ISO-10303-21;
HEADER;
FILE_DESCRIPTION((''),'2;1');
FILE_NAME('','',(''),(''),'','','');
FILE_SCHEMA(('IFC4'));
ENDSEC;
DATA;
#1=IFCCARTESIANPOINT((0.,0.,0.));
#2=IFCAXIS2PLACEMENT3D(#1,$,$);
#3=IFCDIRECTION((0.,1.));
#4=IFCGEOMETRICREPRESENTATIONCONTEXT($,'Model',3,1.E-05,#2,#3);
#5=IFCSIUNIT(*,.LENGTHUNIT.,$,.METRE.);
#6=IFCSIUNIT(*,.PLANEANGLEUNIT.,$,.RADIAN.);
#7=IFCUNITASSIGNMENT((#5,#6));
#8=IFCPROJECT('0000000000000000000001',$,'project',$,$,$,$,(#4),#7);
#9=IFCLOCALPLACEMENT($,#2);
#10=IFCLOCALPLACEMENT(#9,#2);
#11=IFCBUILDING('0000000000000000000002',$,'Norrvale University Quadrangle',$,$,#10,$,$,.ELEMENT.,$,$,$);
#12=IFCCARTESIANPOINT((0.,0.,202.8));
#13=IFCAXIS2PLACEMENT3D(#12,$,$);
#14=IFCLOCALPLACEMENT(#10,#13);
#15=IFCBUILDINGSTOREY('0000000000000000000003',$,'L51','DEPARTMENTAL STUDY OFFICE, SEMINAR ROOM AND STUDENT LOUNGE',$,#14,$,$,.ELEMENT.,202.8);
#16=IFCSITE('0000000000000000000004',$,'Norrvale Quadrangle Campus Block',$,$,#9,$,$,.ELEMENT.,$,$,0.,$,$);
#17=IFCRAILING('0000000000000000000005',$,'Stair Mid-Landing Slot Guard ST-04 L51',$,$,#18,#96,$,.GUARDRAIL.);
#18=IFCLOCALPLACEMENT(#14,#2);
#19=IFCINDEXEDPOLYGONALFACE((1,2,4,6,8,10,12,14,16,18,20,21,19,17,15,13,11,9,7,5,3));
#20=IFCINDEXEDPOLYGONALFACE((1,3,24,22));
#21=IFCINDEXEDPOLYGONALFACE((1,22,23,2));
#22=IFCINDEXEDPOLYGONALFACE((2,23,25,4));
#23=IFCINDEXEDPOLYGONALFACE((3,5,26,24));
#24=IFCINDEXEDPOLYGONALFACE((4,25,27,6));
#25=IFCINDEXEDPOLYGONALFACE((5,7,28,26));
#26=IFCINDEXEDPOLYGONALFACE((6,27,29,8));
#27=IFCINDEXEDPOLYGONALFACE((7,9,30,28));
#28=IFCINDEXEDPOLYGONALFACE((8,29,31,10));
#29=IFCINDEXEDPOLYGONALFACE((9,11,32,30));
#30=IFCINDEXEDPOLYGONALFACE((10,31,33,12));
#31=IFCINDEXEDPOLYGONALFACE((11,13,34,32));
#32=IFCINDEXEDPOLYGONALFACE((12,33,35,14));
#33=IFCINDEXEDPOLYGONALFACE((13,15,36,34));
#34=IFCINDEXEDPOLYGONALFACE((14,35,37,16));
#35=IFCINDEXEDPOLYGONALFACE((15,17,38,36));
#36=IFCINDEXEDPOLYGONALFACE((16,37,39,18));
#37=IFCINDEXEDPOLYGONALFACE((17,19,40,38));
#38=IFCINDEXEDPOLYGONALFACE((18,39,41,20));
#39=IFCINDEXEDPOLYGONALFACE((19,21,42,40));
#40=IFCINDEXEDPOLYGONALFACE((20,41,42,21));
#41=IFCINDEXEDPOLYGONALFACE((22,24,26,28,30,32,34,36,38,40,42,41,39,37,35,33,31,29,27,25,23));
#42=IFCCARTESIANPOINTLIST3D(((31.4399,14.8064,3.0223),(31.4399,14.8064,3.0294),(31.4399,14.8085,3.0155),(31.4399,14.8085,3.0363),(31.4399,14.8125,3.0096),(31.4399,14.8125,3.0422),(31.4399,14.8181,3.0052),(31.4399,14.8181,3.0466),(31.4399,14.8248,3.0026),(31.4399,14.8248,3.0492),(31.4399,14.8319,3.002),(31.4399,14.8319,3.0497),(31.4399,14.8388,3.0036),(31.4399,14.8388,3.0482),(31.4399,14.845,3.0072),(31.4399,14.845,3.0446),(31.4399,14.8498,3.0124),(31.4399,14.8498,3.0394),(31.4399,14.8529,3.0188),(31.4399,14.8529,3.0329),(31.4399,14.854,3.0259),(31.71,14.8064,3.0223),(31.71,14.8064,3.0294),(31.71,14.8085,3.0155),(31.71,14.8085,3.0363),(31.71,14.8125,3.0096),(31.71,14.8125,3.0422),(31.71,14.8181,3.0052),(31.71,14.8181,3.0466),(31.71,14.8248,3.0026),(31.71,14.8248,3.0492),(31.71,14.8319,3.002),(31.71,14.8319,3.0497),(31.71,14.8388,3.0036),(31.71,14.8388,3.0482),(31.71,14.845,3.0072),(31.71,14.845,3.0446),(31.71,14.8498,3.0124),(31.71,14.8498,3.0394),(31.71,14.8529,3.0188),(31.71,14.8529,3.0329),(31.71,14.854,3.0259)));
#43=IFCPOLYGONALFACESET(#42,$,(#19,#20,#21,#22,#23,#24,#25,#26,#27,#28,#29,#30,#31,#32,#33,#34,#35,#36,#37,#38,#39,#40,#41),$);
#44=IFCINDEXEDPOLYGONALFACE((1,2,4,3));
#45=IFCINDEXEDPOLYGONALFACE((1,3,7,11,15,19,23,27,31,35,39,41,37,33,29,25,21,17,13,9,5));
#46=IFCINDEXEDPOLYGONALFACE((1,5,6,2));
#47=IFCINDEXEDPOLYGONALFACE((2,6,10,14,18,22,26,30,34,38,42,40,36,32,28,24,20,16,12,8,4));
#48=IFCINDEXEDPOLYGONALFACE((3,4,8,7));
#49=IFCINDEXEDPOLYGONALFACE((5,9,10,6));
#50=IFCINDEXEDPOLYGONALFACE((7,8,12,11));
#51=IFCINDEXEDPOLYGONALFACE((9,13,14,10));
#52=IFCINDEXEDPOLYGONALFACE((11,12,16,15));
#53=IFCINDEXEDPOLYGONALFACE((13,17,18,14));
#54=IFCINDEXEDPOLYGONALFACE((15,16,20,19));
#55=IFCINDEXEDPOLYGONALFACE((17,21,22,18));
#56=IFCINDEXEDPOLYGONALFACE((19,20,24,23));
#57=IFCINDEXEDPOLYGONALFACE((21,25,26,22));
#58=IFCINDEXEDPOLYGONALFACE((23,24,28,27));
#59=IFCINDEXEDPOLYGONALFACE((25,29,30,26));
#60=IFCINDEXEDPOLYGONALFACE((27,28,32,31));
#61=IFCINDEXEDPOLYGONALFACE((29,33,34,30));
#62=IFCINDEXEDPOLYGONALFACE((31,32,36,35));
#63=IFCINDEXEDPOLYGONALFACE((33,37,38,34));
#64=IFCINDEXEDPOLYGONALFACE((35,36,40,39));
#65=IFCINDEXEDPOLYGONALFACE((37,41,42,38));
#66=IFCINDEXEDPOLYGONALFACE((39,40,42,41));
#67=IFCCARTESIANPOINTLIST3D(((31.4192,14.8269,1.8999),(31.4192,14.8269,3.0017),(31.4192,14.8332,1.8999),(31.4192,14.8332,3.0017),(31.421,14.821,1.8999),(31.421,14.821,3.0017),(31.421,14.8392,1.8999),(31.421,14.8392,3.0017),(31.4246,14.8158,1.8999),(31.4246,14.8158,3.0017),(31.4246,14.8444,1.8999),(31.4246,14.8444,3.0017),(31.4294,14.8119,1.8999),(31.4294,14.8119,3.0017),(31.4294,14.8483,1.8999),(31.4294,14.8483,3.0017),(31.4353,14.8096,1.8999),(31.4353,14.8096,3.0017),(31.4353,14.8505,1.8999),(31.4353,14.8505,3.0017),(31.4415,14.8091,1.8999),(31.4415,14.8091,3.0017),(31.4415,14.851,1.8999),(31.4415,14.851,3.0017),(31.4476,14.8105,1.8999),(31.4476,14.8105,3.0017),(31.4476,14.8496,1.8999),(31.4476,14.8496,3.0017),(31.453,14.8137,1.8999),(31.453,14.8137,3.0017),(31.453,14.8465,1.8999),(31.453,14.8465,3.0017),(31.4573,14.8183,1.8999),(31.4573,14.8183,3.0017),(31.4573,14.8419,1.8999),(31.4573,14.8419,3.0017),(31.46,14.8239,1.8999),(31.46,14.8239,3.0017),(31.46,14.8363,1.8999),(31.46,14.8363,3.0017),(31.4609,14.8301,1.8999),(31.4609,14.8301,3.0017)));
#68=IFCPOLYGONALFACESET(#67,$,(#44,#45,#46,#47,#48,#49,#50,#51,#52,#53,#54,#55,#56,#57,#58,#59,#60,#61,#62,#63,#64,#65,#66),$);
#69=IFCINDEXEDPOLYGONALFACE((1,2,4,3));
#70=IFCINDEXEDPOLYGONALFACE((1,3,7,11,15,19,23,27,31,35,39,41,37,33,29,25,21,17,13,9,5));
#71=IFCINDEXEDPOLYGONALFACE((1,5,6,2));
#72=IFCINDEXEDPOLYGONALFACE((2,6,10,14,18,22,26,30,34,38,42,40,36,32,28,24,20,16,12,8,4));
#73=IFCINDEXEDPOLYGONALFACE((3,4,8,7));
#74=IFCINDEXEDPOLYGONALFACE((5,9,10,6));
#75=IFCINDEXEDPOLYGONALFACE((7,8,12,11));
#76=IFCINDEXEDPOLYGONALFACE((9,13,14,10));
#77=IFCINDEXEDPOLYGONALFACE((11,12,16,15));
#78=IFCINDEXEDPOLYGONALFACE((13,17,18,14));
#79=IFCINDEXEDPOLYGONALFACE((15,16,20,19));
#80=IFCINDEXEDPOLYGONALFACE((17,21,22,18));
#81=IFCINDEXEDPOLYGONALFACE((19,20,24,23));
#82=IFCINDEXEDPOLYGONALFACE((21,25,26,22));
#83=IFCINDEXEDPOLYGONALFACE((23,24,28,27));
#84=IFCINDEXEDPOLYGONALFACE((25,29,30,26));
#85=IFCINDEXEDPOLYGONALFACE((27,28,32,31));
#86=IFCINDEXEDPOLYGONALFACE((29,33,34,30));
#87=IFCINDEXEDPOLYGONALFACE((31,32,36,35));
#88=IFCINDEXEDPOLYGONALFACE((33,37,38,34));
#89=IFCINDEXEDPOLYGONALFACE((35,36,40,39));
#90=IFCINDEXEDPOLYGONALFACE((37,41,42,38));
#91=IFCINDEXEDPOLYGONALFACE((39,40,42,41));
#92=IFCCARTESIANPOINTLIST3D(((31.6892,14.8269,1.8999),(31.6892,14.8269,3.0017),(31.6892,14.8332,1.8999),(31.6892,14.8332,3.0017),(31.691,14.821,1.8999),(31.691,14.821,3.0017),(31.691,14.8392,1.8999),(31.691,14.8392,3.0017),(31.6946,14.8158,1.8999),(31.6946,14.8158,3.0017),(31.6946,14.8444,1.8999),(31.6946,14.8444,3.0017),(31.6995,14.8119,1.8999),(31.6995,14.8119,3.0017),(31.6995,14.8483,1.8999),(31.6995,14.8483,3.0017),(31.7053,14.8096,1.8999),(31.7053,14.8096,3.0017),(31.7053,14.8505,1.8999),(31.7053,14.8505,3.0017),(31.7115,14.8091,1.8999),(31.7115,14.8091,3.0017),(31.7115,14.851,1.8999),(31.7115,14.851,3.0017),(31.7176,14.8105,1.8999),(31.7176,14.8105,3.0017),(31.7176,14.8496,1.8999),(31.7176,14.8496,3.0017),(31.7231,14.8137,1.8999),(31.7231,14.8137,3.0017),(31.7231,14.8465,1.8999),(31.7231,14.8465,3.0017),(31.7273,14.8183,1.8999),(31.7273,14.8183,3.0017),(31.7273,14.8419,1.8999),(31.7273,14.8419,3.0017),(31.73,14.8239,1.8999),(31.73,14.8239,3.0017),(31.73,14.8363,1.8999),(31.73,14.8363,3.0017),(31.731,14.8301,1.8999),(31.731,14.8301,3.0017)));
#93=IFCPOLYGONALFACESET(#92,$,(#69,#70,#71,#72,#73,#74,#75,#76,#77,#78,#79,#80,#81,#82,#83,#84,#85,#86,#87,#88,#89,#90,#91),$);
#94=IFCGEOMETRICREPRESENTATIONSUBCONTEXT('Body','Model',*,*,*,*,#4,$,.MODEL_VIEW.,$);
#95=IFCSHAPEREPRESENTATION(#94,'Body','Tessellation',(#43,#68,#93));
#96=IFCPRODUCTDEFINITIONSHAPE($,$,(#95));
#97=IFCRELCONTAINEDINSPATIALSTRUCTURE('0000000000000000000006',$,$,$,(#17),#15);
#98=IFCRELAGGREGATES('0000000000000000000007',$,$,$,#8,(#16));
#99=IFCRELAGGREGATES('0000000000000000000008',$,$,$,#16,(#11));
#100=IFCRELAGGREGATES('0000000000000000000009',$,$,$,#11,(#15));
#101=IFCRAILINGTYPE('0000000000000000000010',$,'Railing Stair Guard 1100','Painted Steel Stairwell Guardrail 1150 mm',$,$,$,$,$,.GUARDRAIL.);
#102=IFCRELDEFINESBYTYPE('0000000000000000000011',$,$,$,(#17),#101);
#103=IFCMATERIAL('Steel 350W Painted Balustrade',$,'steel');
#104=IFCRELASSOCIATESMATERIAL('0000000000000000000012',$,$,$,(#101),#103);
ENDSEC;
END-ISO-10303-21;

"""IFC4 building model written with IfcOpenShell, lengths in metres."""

from ifc_helpers import new_model, si_unit, direction, frame, origin, origin_2d, place, context, subcontext, project, spatial, circle, extrude, material, type_object, element, save


model = new_model("IFC4")

# Units and contexts
model_context = context("Model", 3, precision=1e-05, world=origin(), true_north=direction((0.0, 1.0)))
body_context = subcontext(model_context, "Body", "Model", "MODEL_VIEW")
ifc_project = project(units=[si_unit("LENGTHUNIT", "METRE"), si_unit("PLANEANGLEUNIT", "RADIAN")], contexts=[model_context])

# Site, building, storey
site_placement = place(None, origin())
site = spatial("IfcSite", under=ifc_project, at=site_placement, Name="Norrvale Quadrangle Campus Block", CompositionType="ELEMENT", RefElevation=0.0)
building_placement = place(site_placement, origin())
building = spatial("IfcBuilding", under=site, at=building_placement, Name="Norrvale University Quadrangle", CompositionType="ELEMENT")
storey_placement = place(building_placement, frame((0.0, 0.0, 202.8)))
storey = spatial("IfcBuildingStorey", under=building, at=storey_placement, Name="L51", Description="DEPARTMENTAL STUDY OFFICE, SEMINAR ROOM AND STUDENT LOUNGE", CompositionType="ELEMENT", Elevation=202.8)

# Railing
ifc_material_1 = material(Name="Steel 350W Painted Balustrade", Category="steel")
railing_type_1 = type_object("IfcRailingType", Name="Railing Stair Guard 1100", Description="Painted Steel Stairwell Guardrail 1150 mm", PredefinedType="GUARDRAIL", material=ifc_material_1)
for number, where, name in (
    (1, (31.4399, 14.8301, 1.8999), "Stair Mid-Landing Slot Guard ST-04 L51"),
):
    element("IfcRailing", number, at=place(storey_placement, frame(where)), inside=storey, type_object=railing_type_1, Name=name, PredefinedType="GUARDRAIL", context=body_context, shape_type="SweptSolid", body=[
        extrude(circle(Radius=0.0239, at=origin_2d()), frame((0.0, 0.0, 1.126), z_axis=(1.0, 0.0, 0.0), x_axis=(0.0, 1.0, 0.0)), (0.0, 0.0, 1.0), 0.27),
        extrude(circle(Radius=0.021, at=origin_2d()), origin(), (0.0, 0.0, 1.0), 1.1018),
        extrude(circle(Radius=0.021, at=origin_2d()), frame((0.27, 0.0, 0.0)), (0.0, 0.0, 1.0), 1.1018),
    ])

save(model, "model.ifc")
